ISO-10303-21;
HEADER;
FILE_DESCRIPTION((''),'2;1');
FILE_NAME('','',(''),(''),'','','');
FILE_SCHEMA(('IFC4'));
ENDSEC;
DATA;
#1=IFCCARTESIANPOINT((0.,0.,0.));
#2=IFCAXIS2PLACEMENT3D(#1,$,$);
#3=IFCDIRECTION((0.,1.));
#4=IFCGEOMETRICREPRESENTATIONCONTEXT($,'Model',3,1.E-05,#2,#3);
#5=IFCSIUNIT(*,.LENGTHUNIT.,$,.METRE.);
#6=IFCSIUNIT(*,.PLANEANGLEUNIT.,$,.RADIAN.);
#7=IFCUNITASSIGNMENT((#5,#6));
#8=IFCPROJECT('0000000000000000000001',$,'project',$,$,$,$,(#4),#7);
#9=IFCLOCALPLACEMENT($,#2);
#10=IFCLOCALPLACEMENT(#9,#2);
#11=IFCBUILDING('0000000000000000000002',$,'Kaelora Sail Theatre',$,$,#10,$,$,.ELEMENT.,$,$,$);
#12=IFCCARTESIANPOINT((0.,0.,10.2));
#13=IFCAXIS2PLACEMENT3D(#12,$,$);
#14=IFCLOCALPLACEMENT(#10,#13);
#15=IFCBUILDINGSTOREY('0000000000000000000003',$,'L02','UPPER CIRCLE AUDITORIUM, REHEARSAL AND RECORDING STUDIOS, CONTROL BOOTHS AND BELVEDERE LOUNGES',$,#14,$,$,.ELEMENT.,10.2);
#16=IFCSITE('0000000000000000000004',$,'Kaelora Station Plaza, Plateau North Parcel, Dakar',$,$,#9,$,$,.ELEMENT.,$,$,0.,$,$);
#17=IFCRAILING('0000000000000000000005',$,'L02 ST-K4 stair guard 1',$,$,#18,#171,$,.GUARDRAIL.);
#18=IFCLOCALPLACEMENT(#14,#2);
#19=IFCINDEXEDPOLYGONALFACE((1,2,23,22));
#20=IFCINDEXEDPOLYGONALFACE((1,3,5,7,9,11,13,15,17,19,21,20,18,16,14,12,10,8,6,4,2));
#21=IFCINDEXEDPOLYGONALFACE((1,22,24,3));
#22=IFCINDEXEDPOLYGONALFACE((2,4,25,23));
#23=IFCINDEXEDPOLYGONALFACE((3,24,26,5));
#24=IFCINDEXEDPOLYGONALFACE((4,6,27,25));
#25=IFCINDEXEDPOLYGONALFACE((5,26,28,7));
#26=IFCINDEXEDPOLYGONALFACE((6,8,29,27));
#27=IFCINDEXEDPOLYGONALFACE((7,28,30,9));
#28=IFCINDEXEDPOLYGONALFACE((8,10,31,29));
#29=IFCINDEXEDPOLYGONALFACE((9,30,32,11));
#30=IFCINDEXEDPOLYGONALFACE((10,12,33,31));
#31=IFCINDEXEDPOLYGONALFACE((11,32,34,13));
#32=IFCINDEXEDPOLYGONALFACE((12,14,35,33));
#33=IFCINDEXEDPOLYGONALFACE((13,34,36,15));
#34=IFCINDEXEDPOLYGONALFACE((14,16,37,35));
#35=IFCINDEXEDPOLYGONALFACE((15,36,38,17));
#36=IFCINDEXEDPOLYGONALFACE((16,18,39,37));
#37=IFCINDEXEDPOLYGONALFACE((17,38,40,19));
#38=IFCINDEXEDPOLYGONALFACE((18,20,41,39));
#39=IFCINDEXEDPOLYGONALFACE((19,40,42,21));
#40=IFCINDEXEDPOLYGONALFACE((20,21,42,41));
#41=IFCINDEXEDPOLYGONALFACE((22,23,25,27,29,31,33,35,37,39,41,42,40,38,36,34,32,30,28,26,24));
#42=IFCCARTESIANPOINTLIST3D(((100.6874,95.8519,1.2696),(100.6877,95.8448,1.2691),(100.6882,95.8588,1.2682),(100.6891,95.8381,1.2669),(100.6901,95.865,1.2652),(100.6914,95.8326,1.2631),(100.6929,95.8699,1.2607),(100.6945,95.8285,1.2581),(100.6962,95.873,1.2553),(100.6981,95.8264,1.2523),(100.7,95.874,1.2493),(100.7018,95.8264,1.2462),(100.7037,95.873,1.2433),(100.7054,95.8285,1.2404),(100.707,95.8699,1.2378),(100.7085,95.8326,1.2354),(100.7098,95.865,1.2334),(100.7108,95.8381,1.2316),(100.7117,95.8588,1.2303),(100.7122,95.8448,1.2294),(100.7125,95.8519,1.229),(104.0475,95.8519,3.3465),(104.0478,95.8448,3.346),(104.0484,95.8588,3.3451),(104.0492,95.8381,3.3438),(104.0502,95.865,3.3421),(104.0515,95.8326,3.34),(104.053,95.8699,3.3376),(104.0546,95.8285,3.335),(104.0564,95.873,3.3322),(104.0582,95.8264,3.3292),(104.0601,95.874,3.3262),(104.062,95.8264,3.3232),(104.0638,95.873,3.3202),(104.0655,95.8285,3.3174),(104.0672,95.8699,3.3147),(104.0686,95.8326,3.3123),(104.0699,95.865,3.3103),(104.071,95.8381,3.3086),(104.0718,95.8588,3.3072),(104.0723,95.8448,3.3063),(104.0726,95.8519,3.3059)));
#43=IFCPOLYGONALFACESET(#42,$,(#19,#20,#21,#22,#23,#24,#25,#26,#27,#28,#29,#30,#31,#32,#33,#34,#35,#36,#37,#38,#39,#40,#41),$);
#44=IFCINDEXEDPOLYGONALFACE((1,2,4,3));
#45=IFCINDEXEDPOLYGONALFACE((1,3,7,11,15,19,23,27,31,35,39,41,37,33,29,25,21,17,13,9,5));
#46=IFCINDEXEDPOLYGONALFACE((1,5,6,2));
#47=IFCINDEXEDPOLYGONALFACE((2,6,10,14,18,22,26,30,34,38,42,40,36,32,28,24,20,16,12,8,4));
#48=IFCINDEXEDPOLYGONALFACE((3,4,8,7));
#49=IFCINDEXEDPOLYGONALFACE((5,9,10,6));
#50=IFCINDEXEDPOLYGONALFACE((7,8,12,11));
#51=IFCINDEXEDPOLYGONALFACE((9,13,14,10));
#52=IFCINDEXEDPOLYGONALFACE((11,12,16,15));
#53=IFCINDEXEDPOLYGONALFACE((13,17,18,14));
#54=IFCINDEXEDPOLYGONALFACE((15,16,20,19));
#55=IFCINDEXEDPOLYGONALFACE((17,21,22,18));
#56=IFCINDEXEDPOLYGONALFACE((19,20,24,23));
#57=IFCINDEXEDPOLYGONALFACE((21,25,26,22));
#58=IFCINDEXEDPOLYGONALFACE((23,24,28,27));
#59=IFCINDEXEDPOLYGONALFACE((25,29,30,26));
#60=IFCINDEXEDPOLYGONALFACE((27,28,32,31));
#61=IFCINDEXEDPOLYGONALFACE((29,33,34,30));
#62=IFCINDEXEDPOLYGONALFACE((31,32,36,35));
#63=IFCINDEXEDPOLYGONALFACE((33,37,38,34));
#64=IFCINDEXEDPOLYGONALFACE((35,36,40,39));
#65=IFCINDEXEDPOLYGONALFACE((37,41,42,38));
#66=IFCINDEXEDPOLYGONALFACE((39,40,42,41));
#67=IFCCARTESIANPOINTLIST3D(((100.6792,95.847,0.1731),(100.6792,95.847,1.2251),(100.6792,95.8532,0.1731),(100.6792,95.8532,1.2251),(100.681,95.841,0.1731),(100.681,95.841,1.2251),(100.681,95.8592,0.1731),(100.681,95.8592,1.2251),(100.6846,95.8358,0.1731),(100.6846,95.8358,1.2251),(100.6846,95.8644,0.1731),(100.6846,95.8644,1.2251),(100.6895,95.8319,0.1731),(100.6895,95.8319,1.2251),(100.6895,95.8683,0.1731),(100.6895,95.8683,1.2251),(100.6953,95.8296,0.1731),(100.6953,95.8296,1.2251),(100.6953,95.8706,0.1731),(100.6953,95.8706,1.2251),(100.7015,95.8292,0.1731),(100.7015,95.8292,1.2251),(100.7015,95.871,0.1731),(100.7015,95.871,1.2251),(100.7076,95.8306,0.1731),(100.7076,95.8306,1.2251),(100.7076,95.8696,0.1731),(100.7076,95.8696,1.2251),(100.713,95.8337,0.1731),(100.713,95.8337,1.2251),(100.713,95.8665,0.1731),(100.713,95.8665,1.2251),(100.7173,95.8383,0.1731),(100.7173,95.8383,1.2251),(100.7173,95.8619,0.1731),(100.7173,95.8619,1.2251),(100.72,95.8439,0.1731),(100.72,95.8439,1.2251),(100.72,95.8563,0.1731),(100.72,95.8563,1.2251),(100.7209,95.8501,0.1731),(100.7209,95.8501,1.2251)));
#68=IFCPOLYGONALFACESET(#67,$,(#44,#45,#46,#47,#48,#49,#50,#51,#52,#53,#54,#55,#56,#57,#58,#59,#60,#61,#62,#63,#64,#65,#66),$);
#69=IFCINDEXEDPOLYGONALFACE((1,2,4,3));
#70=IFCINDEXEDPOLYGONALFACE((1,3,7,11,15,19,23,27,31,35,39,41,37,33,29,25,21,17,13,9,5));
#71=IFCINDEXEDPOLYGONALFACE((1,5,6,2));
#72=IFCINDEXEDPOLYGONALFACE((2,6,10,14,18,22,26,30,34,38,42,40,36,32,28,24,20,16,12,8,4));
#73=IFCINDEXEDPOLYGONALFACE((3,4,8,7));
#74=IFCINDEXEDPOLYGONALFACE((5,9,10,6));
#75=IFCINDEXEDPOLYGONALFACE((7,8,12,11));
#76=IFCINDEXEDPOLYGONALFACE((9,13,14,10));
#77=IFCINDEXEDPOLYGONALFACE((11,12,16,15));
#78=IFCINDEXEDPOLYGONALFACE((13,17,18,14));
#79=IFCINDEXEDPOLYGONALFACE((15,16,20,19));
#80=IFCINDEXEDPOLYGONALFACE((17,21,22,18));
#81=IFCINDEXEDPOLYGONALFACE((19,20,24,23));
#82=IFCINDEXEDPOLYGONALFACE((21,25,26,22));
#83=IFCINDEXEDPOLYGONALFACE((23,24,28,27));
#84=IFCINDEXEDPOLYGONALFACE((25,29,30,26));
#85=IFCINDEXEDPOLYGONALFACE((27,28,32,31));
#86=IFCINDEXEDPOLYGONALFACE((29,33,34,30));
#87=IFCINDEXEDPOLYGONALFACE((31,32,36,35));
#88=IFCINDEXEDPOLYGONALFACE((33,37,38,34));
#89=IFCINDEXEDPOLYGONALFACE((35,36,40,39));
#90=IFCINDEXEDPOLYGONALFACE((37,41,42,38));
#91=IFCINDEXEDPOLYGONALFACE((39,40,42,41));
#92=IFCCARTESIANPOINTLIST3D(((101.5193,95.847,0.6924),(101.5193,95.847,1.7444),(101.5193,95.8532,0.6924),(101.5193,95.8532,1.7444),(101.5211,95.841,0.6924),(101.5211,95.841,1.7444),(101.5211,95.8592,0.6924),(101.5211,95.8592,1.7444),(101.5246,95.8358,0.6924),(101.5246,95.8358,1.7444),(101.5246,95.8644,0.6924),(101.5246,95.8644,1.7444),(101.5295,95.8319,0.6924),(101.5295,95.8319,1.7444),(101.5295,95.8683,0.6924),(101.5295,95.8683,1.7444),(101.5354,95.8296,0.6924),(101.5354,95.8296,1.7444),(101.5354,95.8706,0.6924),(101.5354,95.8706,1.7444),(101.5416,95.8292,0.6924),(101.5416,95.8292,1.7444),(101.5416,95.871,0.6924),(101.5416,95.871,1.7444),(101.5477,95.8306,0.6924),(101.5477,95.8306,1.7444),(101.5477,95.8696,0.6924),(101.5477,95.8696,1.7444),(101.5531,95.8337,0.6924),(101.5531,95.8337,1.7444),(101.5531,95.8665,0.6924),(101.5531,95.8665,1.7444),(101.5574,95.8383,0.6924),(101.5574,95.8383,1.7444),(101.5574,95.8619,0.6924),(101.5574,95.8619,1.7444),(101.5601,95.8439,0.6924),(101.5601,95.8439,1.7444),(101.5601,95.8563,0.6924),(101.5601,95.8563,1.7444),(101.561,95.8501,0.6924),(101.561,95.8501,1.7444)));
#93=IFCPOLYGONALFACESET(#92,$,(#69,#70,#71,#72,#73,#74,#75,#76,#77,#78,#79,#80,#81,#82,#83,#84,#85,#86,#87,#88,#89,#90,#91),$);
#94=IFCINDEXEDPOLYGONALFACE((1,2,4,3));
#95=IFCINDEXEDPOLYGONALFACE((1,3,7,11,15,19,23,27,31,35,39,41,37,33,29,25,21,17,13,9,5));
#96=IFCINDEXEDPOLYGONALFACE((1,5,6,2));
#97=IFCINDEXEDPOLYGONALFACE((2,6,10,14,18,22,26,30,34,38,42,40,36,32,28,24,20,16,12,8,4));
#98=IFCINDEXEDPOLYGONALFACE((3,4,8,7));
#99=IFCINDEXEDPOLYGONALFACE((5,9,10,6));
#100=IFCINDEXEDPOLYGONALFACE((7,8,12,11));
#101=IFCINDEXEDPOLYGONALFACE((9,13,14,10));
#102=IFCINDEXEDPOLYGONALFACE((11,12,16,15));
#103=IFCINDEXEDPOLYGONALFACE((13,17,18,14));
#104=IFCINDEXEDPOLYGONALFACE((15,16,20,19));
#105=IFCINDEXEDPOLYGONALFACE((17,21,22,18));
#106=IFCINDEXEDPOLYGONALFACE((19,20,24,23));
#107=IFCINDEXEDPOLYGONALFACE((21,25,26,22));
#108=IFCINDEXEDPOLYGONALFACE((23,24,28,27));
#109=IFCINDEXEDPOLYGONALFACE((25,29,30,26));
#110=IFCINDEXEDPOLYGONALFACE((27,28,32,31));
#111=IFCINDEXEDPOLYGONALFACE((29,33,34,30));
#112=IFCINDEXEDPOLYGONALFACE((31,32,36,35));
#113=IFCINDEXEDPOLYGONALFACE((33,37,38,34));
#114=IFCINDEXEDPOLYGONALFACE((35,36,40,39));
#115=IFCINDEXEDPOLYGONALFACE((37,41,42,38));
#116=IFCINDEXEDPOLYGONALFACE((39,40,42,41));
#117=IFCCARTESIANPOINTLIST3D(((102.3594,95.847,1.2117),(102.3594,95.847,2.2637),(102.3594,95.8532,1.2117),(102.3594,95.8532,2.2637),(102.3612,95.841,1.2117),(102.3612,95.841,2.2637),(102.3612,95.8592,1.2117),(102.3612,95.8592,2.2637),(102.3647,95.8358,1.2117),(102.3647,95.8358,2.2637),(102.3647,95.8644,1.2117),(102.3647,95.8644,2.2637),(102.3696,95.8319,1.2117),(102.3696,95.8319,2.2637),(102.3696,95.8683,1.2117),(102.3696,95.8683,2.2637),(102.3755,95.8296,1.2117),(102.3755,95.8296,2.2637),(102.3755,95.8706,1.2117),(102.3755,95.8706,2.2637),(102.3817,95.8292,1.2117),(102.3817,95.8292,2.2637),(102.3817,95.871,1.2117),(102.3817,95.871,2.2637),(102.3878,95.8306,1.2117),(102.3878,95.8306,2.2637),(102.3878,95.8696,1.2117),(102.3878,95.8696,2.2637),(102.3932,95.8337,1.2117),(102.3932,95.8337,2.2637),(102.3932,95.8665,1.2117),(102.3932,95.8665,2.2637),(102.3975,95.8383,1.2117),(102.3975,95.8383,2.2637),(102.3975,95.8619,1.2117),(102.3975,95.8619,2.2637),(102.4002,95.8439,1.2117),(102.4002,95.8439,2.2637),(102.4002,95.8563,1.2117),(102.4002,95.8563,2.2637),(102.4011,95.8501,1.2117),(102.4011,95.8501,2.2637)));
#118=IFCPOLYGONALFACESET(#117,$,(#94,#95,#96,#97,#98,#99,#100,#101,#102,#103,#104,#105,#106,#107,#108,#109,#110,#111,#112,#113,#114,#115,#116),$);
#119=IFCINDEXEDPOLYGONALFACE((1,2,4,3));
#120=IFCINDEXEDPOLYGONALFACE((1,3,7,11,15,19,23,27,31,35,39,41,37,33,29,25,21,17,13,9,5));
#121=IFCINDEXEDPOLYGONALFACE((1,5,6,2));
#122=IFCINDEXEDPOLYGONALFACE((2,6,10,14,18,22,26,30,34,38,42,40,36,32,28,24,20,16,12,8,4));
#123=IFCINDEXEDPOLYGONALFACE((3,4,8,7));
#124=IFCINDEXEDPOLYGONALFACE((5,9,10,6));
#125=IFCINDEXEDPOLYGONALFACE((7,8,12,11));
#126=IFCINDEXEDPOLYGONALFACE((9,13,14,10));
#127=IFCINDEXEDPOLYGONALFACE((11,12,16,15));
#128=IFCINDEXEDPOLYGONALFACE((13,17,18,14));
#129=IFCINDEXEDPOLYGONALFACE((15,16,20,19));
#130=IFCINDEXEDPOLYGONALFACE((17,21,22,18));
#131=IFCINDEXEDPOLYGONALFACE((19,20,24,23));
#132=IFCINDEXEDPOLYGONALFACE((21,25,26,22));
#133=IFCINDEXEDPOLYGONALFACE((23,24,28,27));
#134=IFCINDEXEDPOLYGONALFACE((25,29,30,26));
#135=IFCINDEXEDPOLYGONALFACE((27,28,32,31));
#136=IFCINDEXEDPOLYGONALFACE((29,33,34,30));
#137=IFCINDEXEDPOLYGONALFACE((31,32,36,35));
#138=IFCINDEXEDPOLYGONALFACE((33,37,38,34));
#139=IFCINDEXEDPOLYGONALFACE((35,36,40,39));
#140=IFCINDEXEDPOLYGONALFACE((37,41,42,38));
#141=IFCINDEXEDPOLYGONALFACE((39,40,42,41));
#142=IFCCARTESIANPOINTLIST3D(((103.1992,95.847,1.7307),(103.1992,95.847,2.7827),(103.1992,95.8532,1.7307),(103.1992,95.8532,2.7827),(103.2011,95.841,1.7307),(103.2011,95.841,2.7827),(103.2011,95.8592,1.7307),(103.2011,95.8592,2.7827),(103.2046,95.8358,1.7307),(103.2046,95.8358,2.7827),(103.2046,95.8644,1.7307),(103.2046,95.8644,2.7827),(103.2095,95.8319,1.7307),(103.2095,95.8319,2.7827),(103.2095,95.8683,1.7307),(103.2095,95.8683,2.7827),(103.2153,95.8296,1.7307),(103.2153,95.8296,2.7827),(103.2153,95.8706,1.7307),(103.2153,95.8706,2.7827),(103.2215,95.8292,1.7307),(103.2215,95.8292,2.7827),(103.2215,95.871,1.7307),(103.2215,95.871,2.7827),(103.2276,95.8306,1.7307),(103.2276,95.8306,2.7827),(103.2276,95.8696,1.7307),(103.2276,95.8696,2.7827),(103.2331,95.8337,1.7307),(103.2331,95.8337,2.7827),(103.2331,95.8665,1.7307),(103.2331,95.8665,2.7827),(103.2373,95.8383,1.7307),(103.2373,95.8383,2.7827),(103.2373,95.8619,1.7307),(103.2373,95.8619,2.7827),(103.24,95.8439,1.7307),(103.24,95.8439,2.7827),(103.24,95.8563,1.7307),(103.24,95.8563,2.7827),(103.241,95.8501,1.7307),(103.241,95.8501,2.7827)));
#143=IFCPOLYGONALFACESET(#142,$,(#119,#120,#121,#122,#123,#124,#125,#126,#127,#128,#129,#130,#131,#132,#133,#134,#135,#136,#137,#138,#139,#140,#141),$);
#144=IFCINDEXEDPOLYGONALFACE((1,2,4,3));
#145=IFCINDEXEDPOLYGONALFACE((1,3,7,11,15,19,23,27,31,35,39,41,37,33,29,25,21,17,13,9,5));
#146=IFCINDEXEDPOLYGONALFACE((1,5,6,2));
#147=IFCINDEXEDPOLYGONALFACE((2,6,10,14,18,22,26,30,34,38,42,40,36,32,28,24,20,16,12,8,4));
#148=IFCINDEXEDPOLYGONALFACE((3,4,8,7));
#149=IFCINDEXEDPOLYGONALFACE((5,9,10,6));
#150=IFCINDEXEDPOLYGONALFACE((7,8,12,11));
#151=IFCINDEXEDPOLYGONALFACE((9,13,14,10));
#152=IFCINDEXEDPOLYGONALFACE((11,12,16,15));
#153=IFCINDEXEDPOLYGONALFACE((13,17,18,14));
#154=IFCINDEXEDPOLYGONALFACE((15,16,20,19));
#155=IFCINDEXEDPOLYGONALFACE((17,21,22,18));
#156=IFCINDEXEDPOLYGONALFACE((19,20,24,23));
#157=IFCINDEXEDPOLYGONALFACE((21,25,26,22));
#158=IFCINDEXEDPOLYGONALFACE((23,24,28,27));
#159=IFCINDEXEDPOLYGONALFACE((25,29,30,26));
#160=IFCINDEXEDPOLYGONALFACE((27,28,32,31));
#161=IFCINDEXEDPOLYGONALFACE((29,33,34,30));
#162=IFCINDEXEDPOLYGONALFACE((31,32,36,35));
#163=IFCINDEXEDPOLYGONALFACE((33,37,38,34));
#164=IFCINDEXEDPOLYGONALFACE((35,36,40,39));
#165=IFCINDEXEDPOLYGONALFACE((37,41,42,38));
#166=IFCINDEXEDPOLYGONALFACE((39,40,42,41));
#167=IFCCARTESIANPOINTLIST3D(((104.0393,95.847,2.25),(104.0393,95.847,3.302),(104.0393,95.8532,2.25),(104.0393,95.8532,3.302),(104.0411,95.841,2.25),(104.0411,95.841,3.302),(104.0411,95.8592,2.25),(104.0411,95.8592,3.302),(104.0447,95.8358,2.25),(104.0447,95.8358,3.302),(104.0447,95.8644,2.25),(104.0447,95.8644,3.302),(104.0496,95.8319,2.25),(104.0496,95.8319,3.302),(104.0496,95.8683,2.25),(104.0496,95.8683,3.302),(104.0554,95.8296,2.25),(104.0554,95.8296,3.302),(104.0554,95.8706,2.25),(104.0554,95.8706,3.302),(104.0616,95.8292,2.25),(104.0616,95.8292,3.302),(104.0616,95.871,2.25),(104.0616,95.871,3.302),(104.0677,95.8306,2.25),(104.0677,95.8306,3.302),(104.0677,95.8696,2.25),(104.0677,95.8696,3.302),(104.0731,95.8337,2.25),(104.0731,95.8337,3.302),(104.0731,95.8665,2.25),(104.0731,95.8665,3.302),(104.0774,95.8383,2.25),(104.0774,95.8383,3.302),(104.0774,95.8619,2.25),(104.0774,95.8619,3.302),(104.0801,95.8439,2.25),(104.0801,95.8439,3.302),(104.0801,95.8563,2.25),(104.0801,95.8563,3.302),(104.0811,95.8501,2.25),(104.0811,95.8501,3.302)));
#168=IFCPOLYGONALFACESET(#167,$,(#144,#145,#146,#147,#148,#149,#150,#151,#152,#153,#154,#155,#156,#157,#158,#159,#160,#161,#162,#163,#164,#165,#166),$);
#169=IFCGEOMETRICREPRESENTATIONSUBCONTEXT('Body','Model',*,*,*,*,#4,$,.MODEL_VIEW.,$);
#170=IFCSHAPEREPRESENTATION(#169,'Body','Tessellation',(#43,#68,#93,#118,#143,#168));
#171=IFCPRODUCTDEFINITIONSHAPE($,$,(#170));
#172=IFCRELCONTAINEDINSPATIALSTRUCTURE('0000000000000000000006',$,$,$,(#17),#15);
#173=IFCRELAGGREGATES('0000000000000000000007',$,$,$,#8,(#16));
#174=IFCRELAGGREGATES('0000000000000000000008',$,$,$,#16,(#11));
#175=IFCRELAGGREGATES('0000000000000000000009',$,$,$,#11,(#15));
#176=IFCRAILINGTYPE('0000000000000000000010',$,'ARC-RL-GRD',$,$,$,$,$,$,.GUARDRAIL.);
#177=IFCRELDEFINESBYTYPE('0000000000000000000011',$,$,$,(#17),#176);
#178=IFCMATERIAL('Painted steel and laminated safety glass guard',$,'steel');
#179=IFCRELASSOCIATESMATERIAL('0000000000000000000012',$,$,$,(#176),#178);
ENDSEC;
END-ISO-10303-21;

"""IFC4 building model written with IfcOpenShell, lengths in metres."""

from ifc_helpers import new_model, si_unit, direction, frame, origin, origin_2d, place, context, subcontext, project, spatial, circle, extrude, material, type_object, element, save


model = new_model("IFC4")

# Units and contexts
model_context = context("Model", 3, precision=1e-05, world=origin(), true_north=direction((0.0, 1.0)))
body_context = subcontext(model_context, "Body", "Model", "MODEL_VIEW")
ifc_project = project(units=[si_unit("LENGTHUNIT", "METRE"), si_unit("PLANEANGLEUNIT", "RADIAN")], contexts=[model_context])

# Site, building, storey
site_placement = place(None, origin())
site = spatial("IfcSite", under=ifc_project, at=site_placement, Name="Kaelora Station Plaza, Plateau North Parcel, Dakar", CompositionType="ELEMENT", RefElevation=0.0)
building_placement = place(site_placement, origin())
building = spatial("IfcBuilding", under=site, at=building_placement, Name="Kaelora Sail Theatre", CompositionType="ELEMENT")
storey_placement = place(building_placement, frame((0.0, 0.0, 10.2)))
storey = spatial("IfcBuildingStorey", under=building, at=storey_placement, Name="L02", Description="UPPER CIRCLE AUDITORIUM, REHEARSAL AND RECORDING STUDIOS, CONTROL BOOTHS AND BELVEDERE LOUNGES", CompositionType="ELEMENT", Elevation=10.2)

# Railing
ifc_material_1 = material(Name="Painted steel and laminated safety glass guard", Category="steel")
railing_type_1 = type_object("IfcRailingType", Name="ARC-RL-GRD", PredefinedType="GUARDRAIL", material=ifc_material_1)
railing_1_placement = place(storey_placement, frame((100.7, 95.8501, 0.1731)))
element("IfcRailing", 1, at=railing_1_placement, inside=storey, type_object=railing_type_1, Name="L02 ST-K4 stair guard 1", PredefinedType="GUARDRAIL", context=body_context, shape_type="SweptSolid", body=[
    extrude(circle(Radius=0.0239, at=origin_2d()), frame((0.0, 0.0, 1.0762), z_axis=(0.850623, 0.0, 0.525776), x_axis=(0.0, 1.0, 0.0)), (0.0, 0.0, 1.0), 3.9502),
    extrude(circle(Radius=0.021, at=origin_2d()), origin(), (0.0, 0.0, 1.0), 1.052),
    extrude(circle(Radius=0.021, at=origin_2d()), frame((0.8401, 0.0, 0.5193)), (0.0, 0.0, 1.0), 1.052),
    extrude(circle(Radius=0.021, at=origin_2d()), frame((1.6802, 0.0, 1.0386)), (0.0, 0.0, 1.0), 1.052),
    extrude(circle(Radius=0.021, at=origin_2d()), frame((2.52, 0.0, 1.5576)), (0.0, 0.0, 1.0), 1.052),
    extrude(circle(Radius=0.021, at=origin_2d()), frame((3.3601, 0.0, 2.0769)), (0.0, 0.0, 1.0), 1.052),
])

save(model, "model.ifc")
